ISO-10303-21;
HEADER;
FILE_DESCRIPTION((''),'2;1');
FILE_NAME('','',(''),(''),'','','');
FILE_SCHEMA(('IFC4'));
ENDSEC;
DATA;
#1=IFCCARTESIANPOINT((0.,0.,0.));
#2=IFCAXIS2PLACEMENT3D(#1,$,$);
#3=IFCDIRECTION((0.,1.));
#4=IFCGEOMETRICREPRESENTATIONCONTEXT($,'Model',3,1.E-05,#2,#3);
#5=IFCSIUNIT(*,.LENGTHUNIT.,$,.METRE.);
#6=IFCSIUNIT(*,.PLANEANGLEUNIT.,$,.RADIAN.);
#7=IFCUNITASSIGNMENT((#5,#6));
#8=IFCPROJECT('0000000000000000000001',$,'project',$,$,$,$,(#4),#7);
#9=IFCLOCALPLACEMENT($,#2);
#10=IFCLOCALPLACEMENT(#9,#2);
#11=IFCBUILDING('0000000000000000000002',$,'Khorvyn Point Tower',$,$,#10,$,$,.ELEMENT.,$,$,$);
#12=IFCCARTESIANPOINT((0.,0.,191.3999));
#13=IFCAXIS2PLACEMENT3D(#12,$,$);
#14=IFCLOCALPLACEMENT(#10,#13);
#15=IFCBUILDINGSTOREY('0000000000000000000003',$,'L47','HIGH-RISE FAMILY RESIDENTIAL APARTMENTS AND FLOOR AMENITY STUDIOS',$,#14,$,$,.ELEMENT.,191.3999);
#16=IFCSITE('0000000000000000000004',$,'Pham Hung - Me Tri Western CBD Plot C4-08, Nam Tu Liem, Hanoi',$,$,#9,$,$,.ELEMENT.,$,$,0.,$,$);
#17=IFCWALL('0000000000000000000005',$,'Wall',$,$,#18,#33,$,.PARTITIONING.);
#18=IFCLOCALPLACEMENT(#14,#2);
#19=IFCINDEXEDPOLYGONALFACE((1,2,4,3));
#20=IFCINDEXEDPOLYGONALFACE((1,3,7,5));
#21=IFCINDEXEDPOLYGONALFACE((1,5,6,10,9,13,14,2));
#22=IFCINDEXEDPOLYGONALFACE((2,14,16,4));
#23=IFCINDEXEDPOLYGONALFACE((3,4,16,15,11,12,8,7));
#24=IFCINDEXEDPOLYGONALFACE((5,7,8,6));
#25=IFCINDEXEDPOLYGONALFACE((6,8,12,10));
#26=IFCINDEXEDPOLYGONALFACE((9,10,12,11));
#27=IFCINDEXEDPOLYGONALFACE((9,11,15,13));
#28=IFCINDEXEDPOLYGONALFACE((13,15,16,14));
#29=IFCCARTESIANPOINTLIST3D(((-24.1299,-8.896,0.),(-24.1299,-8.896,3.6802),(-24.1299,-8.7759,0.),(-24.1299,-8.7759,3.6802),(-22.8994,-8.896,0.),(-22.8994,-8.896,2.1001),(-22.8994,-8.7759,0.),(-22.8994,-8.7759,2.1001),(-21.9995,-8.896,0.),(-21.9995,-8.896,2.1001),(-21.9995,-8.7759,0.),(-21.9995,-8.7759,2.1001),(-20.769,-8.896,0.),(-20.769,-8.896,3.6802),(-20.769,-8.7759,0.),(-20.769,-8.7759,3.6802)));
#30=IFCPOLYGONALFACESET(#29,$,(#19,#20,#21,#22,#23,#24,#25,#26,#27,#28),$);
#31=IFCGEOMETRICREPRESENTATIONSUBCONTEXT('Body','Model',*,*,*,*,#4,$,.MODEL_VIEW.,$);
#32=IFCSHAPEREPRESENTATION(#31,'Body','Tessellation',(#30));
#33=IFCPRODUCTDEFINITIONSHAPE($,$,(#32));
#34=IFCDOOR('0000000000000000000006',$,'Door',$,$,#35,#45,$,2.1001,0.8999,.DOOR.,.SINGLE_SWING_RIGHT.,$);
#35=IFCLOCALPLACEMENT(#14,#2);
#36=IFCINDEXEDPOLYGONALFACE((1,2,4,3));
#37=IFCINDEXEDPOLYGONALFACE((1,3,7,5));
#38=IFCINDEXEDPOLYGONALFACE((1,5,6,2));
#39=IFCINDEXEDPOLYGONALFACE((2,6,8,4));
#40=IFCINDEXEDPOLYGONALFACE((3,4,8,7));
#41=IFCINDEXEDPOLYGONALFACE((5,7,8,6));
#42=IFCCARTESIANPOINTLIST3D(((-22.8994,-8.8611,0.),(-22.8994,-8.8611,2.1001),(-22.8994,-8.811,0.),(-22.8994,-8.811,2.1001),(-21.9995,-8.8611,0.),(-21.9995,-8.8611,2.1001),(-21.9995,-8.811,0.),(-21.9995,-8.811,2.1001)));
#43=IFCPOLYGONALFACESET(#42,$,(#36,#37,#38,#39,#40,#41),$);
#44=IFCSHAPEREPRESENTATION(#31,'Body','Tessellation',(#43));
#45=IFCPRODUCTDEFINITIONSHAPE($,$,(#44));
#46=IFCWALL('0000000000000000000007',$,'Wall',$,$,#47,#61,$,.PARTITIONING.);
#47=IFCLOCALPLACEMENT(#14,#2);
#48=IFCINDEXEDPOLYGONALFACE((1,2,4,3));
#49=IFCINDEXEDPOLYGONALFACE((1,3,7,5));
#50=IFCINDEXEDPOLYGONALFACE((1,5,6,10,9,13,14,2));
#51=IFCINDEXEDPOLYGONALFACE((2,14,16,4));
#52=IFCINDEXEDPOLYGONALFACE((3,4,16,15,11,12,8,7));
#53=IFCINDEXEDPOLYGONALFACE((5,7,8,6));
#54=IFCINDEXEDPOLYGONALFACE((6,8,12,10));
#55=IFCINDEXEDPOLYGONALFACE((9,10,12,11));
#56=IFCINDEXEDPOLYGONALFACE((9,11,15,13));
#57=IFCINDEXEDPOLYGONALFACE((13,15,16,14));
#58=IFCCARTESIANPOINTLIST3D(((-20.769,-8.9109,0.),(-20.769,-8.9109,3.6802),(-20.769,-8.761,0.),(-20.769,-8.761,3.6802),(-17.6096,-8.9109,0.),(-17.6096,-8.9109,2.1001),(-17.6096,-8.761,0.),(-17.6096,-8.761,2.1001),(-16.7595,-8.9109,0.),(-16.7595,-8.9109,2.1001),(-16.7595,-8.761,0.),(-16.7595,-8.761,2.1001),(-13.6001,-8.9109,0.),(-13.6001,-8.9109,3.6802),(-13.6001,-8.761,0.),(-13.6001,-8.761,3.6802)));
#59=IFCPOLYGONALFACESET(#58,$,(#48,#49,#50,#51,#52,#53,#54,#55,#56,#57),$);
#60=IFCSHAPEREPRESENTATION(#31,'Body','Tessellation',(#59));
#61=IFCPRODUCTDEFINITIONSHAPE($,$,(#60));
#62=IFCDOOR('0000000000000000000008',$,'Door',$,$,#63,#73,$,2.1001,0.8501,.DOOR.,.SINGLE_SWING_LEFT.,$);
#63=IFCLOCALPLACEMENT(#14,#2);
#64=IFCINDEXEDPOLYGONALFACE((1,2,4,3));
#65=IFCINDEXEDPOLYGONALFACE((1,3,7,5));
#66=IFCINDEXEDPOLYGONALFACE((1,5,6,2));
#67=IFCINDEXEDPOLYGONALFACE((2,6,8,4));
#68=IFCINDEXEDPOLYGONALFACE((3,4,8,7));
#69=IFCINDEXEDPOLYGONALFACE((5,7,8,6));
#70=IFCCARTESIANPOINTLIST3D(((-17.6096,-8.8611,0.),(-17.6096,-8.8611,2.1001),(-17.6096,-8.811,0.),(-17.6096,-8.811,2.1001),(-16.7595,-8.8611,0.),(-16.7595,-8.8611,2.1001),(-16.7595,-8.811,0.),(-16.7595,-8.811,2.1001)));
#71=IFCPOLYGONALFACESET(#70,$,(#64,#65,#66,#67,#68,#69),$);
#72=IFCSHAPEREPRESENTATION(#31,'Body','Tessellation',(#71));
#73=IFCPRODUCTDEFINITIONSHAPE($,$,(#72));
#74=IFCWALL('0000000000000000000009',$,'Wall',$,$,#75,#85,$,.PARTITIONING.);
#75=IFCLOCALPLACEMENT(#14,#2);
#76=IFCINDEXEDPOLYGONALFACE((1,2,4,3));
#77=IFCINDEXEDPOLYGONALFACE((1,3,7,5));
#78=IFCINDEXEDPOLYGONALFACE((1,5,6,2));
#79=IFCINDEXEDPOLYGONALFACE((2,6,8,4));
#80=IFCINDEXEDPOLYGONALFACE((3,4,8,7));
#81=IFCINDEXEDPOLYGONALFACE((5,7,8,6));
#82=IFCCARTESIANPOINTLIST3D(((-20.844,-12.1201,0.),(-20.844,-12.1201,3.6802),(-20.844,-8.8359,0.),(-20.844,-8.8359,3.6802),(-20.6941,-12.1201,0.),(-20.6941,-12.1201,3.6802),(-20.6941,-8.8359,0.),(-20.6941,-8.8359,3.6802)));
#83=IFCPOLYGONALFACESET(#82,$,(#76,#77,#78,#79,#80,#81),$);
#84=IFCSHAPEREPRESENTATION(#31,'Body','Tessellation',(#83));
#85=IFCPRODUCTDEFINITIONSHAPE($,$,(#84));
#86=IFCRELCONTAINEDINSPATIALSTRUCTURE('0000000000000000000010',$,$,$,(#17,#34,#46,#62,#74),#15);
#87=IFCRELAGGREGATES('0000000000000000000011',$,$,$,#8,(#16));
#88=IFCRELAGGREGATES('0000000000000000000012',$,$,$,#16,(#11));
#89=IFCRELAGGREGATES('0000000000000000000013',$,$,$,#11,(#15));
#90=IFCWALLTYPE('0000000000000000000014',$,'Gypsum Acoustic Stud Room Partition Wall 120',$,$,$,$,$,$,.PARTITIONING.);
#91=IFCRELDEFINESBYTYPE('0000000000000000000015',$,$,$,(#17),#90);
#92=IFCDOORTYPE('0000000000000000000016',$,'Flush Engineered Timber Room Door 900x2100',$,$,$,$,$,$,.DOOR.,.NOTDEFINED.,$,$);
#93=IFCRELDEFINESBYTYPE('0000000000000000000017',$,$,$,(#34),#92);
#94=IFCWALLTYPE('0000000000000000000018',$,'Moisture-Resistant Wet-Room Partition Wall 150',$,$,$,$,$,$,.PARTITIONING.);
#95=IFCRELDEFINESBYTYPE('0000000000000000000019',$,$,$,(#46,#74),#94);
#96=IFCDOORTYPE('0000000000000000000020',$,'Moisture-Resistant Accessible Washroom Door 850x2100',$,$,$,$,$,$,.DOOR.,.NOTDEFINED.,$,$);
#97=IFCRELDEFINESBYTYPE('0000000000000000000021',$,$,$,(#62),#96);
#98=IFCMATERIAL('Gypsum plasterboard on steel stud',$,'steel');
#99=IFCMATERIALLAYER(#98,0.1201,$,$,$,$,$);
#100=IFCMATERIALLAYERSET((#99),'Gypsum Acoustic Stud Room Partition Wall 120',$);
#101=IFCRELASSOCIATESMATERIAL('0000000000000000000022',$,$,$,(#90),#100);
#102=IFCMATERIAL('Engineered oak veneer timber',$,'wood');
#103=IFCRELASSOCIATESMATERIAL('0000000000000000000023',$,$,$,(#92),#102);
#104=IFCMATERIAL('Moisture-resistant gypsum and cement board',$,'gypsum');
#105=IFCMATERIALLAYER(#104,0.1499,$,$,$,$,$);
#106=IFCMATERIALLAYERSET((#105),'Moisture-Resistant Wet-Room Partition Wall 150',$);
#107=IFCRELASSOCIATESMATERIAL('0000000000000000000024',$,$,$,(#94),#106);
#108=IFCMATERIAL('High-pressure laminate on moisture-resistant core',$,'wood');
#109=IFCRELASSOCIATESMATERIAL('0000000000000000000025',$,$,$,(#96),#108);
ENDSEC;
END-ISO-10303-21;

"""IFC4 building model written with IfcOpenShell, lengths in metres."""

from ifc_helpers import new_model, si_unit, direction, frame, frame_2d, origin, place, context, subcontext, project, spatial, rectangle, extrude, material, layer, layer_set, type_object, element, fill, save


model = new_model("IFC4")

# Units and contexts
model_context = context("Model", 3, precision=1e-05, world=origin(), true_north=direction((0.0, 1.0)))
body_context = subcontext(model_context, "Body", "Model", "MODEL_VIEW")
ifc_project = project(units=[si_unit("LENGTHUNIT", "METRE"), si_unit("PLANEANGLEUNIT", "RADIAN")], contexts=[model_context])

# Site, building, storey
site_placement = place(None, origin())
site = spatial("IfcSite", under=ifc_project, at=site_placement, Name="Pham Hung - Me Tri Western CBD Plot C4-08, Nam Tu Liem, Hanoi", CompositionType="ELEMENT", RefElevation=0.0)
building_placement = place(site_placement, origin())
building = spatial("IfcBuilding", under=site, at=building_placement, Name="Khorvyn Point Tower", CompositionType="ELEMENT")
storey_placement = place(building_placement, frame((0.0, 0.0, 191.3999)))
storey = spatial("IfcBuildingStorey", under=building, at=storey_placement, Name="L47", Description="HIGH-RISE FAMILY RESIDENTIAL APARTMENTS AND FLOOR AMENITY STUDIOS", CompositionType="ELEMENT", Elevation=191.3999)

# Walls, openings, doors
ifc_material_1 = material(Name="Gypsum plasterboard on steel stud", Category="steel")
ifc_layer_1 = layer(ifc_material_1, 0.1201)
ifc_layer_set_1 = layer_set([ifc_layer_1], Name="Gypsum Acoustic Stud Room Partition Wall 120")
wall_type_1 = type_object("IfcWallType", Name="Gypsum Acoustic Stud Room Partition Wall 120", PredefinedType="PARTITIONING", material=ifc_layer_set_1)
wall_1_placement = place(storey_placement, frame((-24.1299, -8.8359, 0.0), z_axis=(0.0, 0.0, 1.0), x_axis=(1.0, 0.0, 0.0)))
wall_1 = element("IfcWall", 1, at=wall_1_placement, inside=storey, type_object=wall_type_1, Name="Wall", PredefinedType="PARTITIONING", context=body_context, shape_type="SweptSolid", body=[
    extrude(rectangle(XDim=3.3608, YDim=0.1201, at=frame_2d((1.6804, 0.0))), origin(), (0.0, 0.0, 1.0), 3.6802),
])
opening_1_placement = place(wall_1_placement, frame((1.2305, 0.0, 0.0)))
opening_1 = element("IfcOpeningElement", 2, at=opening_1_placement, cuts=wall_1, PredefinedType="OPENING", context=body_context, shape_type="SweptSolid", body=[
    extrude(rectangle(XDim=0.8999, YDim=2.1001, at=frame_2d((0.45, 1.05))), frame((0.0, 0.0701, 0.0), z_axis=(0.0, -1.0, 0.0), x_axis=(1.0, 0.0, 0.0)), (0.0, 0.0, 1.0), 0.1401),
])
ifc_material_2 = material(Name="Engineered oak veneer timber", Category="wood")
door_type_1 = type_object("IfcDoorType", Name="Flush Engineered Timber Room Door 900x2100", OperationType="NOTDEFINED", PredefinedType="DOOR", material=ifc_material_2)
door_1_placement = place(opening_1_placement, origin())
door_1 = element("IfcDoor", 3, at=door_1_placement, inside=storey, type_object=door_type_1, Name="Door", OperationType="SINGLE_SWING_RIGHT", OverallHeight=2.1001, OverallWidth=0.8999, PredefinedType="DOOR", context=body_context, shape_type="SweptSolid", body=[
    extrude(rectangle(XDim=0.8999, YDim=2.1001, at=frame_2d((0.45, 1.05))), frame((0.0, 0.0249, 0.0), z_axis=(0.0, -1.0, 0.0), x_axis=(1.0, 0.0, 0.0)), (0.0, 0.0, 1.0), 0.05),
])
fill(opening_1, door_1)
ifc_material_3 = material(Name="Moisture-resistant gypsum and cement board", Category="gypsum")
ifc_layer_2 = layer(ifc_material_3, 0.1499)
ifc_layer_set_2 = layer_set([ifc_layer_2], Name="Moisture-Resistant Wet-Room Partition Wall 150")
wall_type_2 = type_object("IfcWallType", Name="Moisture-Resistant Wet-Room Partition Wall 150", PredefinedType="PARTITIONING", material=ifc_layer_set_2)
wall_2_placement = place(storey_placement, frame((-20.769, -8.8359, 0.0), z_axis=(0.0, 0.0, 1.0), x_axis=(1.0, 0.0, 0.0)))
wall_2 = element("IfcWall", 4, at=wall_2_placement, inside=storey, type_object=wall_type_2, Name="Wall", PredefinedType="PARTITIONING", context=body_context, shape_type="SweptSolid", body=[
    extrude(rectangle(XDim=7.1689, YDim=0.1499, at=frame_2d((3.5845, 0.0))), origin(), (0.0, 0.0, 1.0), 3.6802),
])
opening_2_placement = place(wall_2_placement, frame((3.1594, 0.0, 0.0)))
opening_2 = element("IfcOpeningElement", 5, at=opening_2_placement, cuts=wall_2, PredefinedType="OPENING", context=body_context, shape_type="SweptSolid", body=[
    extrude(rectangle(XDim=0.8501, YDim=2.1001, at=frame_2d((0.425, 1.05))), frame((0.0, 0.085, 0.0), z_axis=(0.0, -1.0, 0.0), x_axis=(1.0, 0.0, 0.0)), (0.0, 0.0, 1.0), 0.1699),
])
ifc_material_4 = material(Name="High-pressure laminate on moisture-resistant core", Category="wood")
door_type_2 = type_object("IfcDoorType", Name="Moisture-Resistant Accessible Washroom Door 850x2100", OperationType="NOTDEFINED", PredefinedType="DOOR", material=ifc_material_4)
door_2_placement = place(opening_2_placement, origin())
door_2 = element("IfcDoor", 6, at=door_2_placement, inside=storey, type_object=door_type_2, Name="Door", OperationType="SINGLE_SWING_LEFT", OverallHeight=2.1001, OverallWidth=0.8501, PredefinedType="DOOR", context=body_context, shape_type="SweptSolid", body=[
    extrude(rectangle(XDim=0.8501, YDim=2.1001, at=frame_2d((0.425, 1.05))), frame((0.0, 0.0249, 0.0), z_axis=(0.0, -1.0, 0.0), x_axis=(1.0, 0.0, 0.0)), (0.0, 0.0, 1.0), 0.05),
])
fill(opening_2, door_2)

# Wall
wall_3_placement = place(storey_placement, frame((-20.769, -12.1201, 0.0), z_axis=(0.0, 0.0, 1.0), x_axis=(0.0, 1.0, 0.0)))
element("IfcWall", 7, at=wall_3_placement, inside=storey, type_object=wall_type_2, Name="Wall", PredefinedType="PARTITIONING", context=body_context, shape_type="SweptSolid", body=[
    extrude(rectangle(XDim=3.2842, YDim=0.1499, at=frame_2d((1.6421, 0.0))), origin(), (0.0, 0.0, 1.0), 3.6802),
])

save(model, "model.ifc")
